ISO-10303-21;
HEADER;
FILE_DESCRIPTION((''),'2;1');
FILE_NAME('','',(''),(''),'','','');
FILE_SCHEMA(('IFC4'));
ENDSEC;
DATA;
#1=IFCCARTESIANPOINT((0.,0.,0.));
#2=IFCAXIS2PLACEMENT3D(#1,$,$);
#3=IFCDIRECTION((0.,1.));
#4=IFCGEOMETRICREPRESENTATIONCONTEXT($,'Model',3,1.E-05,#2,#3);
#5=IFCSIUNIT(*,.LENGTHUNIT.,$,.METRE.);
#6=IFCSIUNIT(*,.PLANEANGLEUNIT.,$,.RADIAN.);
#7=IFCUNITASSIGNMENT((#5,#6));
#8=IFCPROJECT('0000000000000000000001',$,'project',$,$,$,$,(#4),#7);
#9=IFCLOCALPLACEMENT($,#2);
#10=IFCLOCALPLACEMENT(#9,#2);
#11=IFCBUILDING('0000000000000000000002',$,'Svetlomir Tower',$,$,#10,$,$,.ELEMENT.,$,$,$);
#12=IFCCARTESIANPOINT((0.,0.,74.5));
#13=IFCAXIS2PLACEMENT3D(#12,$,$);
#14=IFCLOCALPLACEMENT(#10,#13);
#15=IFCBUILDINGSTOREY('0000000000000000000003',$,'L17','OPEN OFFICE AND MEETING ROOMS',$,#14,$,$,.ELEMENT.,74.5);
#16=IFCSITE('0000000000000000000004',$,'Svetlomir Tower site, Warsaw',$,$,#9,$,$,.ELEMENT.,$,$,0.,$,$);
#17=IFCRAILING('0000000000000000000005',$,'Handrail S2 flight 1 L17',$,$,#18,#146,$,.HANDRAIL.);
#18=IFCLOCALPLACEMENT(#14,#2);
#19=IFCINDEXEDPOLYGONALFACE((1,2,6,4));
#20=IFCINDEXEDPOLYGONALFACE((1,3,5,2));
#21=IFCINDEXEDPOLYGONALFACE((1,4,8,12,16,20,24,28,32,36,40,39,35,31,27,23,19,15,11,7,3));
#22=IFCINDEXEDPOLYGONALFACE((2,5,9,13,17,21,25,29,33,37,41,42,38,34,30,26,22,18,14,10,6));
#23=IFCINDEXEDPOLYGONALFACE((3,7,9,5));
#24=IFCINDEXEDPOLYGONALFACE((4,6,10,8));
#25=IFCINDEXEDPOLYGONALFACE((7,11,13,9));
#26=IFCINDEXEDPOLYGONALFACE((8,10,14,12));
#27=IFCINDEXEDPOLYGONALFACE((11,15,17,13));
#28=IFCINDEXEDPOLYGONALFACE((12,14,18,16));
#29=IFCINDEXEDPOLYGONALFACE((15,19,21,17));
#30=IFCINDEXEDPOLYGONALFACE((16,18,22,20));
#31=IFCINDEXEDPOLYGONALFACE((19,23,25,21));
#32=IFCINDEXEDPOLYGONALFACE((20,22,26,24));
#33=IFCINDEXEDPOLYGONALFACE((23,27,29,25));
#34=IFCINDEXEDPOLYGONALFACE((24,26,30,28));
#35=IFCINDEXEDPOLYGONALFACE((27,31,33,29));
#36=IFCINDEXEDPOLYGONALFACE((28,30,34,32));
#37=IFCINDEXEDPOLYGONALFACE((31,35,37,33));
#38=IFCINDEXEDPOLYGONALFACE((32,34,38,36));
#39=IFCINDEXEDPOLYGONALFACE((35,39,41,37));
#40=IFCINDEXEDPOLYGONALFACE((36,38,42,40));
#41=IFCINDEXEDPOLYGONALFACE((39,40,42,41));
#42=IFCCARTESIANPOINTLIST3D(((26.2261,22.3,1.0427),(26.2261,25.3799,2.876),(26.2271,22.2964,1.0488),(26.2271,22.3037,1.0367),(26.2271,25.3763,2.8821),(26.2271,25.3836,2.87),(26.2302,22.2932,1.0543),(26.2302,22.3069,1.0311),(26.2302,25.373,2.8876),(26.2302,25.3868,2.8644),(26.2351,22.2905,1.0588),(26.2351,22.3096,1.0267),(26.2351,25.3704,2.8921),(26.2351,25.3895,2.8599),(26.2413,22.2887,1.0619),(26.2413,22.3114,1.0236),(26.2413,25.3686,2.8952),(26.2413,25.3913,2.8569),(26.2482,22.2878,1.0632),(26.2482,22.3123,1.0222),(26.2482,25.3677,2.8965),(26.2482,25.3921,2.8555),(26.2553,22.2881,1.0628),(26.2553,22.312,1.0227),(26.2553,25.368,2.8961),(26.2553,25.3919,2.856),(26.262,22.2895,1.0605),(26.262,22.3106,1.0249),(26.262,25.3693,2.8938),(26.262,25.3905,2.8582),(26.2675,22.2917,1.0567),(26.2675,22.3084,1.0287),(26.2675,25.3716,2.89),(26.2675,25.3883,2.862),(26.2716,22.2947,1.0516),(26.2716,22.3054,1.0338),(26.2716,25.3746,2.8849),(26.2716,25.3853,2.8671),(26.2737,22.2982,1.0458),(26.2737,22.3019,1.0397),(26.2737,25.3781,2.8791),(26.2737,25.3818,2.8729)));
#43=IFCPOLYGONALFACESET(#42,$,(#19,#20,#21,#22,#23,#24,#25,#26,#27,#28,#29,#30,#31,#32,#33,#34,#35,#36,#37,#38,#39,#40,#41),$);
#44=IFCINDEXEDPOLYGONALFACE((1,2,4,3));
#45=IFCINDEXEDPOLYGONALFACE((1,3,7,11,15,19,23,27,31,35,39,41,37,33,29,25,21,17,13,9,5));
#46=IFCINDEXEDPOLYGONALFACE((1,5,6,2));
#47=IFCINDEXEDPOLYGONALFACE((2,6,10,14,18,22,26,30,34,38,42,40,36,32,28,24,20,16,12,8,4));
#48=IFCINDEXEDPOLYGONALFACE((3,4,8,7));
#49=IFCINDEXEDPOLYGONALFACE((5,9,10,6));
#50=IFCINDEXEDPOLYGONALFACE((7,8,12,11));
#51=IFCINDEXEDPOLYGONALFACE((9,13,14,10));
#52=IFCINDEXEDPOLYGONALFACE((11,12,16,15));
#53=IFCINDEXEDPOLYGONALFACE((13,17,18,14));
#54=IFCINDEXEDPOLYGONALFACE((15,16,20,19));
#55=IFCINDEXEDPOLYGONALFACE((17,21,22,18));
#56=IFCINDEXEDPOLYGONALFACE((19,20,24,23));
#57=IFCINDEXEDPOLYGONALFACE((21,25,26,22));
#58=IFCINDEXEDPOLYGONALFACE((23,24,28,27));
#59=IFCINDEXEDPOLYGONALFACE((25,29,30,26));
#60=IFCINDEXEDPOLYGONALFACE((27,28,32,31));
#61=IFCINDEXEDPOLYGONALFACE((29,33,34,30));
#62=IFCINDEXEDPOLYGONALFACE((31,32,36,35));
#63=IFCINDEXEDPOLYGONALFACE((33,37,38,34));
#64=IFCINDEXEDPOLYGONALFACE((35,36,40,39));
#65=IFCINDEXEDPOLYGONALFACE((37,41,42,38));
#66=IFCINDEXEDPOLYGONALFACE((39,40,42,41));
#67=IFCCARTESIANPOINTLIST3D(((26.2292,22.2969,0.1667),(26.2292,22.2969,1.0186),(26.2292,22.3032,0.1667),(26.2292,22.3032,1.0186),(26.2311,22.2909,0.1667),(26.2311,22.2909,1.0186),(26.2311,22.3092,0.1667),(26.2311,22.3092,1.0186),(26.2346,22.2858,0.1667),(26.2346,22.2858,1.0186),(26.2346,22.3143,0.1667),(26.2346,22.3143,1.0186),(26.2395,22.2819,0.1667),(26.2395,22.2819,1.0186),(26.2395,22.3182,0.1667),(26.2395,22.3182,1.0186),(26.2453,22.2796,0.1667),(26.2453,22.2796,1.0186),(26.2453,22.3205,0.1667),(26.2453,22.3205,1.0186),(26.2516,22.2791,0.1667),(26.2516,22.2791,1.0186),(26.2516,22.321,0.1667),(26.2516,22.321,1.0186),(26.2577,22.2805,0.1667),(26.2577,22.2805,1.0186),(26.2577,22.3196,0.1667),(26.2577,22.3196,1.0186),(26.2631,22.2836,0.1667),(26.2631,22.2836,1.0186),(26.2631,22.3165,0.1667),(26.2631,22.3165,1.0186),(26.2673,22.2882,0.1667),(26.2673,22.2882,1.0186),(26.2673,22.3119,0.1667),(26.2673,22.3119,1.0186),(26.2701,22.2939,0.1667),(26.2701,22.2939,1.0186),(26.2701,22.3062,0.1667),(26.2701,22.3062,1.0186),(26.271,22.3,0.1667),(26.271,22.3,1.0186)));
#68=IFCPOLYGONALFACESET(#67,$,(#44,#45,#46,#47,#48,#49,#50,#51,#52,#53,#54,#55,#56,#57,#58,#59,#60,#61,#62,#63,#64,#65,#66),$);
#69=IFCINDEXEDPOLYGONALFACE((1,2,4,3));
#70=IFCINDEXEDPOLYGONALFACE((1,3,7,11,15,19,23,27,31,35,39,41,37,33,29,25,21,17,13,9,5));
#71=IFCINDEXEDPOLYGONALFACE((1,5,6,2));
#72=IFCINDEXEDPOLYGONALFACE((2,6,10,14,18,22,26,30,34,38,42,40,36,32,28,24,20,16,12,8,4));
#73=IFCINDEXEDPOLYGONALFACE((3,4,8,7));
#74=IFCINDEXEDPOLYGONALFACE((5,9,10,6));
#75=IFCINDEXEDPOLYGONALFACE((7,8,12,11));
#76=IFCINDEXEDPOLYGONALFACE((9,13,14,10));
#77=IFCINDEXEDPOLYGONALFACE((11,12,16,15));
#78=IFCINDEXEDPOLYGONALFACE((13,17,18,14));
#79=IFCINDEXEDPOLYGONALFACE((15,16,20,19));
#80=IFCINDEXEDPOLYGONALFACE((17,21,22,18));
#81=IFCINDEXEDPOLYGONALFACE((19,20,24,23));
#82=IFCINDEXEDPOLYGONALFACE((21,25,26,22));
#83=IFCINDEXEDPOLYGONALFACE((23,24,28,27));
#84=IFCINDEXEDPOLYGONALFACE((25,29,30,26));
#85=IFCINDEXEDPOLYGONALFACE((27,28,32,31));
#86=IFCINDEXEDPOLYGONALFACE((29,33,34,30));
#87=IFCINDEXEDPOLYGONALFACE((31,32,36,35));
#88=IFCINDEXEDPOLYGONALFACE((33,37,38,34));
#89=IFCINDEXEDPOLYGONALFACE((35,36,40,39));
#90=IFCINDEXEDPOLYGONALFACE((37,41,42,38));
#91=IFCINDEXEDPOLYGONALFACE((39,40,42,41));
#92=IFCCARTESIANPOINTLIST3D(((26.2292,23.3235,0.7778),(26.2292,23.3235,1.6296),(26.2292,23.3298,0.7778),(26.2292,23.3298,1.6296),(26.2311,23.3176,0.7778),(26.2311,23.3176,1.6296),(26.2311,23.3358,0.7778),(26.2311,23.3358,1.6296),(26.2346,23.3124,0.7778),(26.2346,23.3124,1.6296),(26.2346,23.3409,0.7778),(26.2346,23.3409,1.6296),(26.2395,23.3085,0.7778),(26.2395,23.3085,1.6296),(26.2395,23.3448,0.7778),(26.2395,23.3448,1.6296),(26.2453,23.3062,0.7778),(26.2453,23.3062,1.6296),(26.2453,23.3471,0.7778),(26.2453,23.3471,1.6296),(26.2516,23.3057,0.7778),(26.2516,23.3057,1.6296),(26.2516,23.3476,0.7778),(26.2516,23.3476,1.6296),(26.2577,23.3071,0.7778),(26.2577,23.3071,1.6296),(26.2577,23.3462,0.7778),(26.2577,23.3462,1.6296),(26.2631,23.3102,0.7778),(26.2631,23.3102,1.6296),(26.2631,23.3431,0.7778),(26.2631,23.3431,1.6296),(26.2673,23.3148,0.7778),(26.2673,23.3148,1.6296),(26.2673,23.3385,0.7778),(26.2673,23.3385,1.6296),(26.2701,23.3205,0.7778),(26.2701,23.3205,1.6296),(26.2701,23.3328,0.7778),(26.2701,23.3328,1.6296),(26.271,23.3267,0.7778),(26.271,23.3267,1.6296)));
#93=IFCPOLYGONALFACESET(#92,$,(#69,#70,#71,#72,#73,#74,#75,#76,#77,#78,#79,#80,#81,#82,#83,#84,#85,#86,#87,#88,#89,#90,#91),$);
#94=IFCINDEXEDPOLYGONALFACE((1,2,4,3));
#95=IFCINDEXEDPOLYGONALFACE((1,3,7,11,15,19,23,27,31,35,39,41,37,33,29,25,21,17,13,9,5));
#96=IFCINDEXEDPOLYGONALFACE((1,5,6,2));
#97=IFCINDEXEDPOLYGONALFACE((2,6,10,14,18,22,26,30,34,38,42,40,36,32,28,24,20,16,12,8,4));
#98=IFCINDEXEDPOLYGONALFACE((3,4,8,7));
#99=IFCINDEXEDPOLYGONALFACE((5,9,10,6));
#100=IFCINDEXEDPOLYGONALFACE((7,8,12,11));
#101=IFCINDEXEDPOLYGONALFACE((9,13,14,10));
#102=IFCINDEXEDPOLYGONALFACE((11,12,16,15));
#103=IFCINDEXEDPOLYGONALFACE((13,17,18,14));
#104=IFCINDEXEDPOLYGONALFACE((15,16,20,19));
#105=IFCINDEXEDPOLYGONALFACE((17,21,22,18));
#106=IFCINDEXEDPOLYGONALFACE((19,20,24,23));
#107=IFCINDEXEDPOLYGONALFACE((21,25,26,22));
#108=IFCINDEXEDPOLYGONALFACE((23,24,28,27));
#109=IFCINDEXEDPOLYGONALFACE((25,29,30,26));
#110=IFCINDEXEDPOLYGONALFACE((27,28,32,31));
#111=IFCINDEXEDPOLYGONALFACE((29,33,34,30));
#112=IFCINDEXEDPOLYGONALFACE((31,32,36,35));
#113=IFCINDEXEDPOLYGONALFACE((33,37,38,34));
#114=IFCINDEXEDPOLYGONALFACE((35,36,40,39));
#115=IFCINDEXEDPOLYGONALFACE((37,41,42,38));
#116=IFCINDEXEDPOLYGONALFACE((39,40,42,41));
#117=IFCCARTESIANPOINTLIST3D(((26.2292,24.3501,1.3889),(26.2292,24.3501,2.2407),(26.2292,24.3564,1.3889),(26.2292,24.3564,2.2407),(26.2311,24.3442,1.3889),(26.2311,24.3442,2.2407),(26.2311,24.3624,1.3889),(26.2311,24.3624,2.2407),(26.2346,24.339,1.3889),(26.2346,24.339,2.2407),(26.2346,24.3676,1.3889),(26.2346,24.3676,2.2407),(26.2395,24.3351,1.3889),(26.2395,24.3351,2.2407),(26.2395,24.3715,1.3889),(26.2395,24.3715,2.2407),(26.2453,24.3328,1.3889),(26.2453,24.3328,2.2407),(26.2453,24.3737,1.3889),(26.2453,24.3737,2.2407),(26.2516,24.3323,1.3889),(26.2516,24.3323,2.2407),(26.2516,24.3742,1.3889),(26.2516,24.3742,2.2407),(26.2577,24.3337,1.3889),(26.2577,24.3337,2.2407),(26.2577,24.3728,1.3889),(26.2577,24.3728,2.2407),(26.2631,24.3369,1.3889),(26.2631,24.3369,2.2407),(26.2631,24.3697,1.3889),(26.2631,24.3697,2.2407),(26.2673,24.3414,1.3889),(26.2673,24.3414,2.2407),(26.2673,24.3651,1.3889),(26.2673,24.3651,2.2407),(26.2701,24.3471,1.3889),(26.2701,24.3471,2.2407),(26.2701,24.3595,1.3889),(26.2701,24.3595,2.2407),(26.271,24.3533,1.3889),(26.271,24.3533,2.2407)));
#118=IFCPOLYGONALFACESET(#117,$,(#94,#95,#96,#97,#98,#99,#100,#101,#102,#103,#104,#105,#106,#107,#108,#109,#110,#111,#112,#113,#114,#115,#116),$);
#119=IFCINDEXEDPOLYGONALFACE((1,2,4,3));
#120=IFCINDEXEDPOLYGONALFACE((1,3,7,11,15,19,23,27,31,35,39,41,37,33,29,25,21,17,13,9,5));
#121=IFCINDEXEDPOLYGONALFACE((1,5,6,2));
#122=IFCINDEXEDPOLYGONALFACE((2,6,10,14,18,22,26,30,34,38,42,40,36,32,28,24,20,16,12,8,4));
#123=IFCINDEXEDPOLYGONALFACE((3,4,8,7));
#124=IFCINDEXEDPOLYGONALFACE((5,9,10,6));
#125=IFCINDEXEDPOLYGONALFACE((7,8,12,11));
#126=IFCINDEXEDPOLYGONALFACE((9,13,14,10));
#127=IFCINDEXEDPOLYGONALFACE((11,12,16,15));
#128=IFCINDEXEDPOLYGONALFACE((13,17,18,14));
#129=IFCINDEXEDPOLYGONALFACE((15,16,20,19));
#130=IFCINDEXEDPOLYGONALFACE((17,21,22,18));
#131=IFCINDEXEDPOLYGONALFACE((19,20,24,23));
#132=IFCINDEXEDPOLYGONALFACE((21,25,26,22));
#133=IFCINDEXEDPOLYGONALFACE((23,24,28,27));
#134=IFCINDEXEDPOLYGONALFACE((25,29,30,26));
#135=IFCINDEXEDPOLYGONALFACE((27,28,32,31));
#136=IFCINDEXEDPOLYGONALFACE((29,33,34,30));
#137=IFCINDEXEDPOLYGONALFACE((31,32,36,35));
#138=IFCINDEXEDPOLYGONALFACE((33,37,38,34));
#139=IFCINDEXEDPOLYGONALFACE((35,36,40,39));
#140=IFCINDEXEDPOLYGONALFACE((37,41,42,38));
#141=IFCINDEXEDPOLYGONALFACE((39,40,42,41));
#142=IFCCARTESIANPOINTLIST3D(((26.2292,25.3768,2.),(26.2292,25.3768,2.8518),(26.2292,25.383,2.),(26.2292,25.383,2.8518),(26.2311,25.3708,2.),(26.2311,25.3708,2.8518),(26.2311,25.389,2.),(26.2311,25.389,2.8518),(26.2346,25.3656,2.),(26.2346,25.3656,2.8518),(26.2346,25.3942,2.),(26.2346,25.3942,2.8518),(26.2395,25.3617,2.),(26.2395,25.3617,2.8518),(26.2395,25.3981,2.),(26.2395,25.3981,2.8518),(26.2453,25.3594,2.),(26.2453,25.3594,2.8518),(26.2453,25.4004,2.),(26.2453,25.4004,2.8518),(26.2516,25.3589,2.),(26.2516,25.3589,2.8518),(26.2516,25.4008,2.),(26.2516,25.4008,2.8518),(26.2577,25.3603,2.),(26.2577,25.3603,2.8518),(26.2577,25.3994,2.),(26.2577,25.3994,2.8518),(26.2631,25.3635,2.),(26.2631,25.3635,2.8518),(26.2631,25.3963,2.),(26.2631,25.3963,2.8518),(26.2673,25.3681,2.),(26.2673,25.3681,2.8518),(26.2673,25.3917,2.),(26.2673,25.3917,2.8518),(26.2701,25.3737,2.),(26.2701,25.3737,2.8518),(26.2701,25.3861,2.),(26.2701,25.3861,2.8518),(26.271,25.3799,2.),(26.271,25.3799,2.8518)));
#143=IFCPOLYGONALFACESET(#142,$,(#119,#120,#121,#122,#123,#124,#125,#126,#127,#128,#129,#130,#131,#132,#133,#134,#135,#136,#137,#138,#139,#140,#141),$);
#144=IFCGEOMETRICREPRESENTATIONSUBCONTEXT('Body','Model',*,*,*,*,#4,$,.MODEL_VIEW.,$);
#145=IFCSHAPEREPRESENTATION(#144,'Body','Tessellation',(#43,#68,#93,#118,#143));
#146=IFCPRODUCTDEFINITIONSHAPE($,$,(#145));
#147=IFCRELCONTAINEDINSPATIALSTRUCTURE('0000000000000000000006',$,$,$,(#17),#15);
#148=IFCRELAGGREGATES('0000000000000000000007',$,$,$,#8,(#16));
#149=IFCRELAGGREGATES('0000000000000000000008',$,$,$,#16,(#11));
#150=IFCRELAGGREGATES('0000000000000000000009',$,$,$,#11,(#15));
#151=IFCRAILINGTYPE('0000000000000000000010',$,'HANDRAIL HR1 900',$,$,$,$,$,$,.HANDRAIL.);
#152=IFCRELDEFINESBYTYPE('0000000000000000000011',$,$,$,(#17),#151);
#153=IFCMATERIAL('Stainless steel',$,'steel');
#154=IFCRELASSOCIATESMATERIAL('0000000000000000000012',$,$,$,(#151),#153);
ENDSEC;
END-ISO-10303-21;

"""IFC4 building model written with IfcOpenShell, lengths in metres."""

from ifc_helpers import new_model, si_unit, direction, frame, origin, origin_2d, place, context, subcontext, project, spatial, circle, extrude, material, type_object, element, save


model = new_model("IFC4")

# Units and contexts
model_context = context("Model", 3, precision=1e-05, world=origin(), true_north=direction((0.0, 1.0)))
body_context = subcontext(model_context, "Body", "Model", "MODEL_VIEW")
ifc_project = project(units=[si_unit("LENGTHUNIT", "METRE"), si_unit("PLANEANGLEUNIT", "RADIAN")], contexts=[model_context])

# Site, building, storey
site_placement = place(None, origin())
site = spatial("IfcSite", under=ifc_project, at=site_placement, Name="Svetlomir Tower site, Warsaw", CompositionType="ELEMENT", RefElevation=0.0)
building_placement = place(site_placement, origin())
building = spatial("IfcBuilding", under=site, at=building_placement, Name="Svetlomir Tower", CompositionType="ELEMENT")
storey_placement = place(building_placement, frame((0.0, 0.0, 74.5)))
storey = spatial("IfcBuildingStorey", under=building, at=storey_placement, Name="L17", Description="OPEN OFFICE AND MEETING ROOMS", CompositionType="ELEMENT", Elevation=74.5)

# Railing
ifc_material_1 = material(Name="Stainless steel", Category="steel")
railing_type = type_object("IfcRailingType", Name="HANDRAIL HR1 900", PredefinedType="HANDRAIL", material=ifc_material_1)
railing_1_placement = place(storey_placement, frame((26.25, 22.3, 0.1667)))
element("IfcRailing", 1, at=railing_1_placement, inside=storey, type_object=railing_type, Name="Handrail S2 flight 1 L17", PredefinedType="HANDRAIL", context=body_context, shape_type="SweptSolid", body=[
    extrude(circle(Radius=0.0239, at=origin_2d()), frame((0.0, 0.0, 0.876), z_axis=(0.0, 0.859291, 0.511487), x_axis=(-1.0, 0.0, 0.0)), (0.0, 0.0, 1.0), 3.5842),
    extrude(circle(Radius=0.021, at=origin_2d()), origin(), (0.0, 0.0, 1.0), 0.8518),
    extrude(circle(Radius=0.021, at=origin_2d()), frame((0.0, 1.0266, 0.6111)), (0.0, 0.0, 1.0), 0.8518),
    extrude(circle(Radius=0.021, at=origin_2d()), frame((0.0, 2.0532, 1.2222)), (0.0, 0.0, 1.0), 0.8518),
    extrude(circle(Radius=0.021, at=origin_2d()), frame((0.0, 3.0798, 1.8333)), (0.0, 0.0, 1.0), 0.8518),
])

save(model, "model.ifc")
